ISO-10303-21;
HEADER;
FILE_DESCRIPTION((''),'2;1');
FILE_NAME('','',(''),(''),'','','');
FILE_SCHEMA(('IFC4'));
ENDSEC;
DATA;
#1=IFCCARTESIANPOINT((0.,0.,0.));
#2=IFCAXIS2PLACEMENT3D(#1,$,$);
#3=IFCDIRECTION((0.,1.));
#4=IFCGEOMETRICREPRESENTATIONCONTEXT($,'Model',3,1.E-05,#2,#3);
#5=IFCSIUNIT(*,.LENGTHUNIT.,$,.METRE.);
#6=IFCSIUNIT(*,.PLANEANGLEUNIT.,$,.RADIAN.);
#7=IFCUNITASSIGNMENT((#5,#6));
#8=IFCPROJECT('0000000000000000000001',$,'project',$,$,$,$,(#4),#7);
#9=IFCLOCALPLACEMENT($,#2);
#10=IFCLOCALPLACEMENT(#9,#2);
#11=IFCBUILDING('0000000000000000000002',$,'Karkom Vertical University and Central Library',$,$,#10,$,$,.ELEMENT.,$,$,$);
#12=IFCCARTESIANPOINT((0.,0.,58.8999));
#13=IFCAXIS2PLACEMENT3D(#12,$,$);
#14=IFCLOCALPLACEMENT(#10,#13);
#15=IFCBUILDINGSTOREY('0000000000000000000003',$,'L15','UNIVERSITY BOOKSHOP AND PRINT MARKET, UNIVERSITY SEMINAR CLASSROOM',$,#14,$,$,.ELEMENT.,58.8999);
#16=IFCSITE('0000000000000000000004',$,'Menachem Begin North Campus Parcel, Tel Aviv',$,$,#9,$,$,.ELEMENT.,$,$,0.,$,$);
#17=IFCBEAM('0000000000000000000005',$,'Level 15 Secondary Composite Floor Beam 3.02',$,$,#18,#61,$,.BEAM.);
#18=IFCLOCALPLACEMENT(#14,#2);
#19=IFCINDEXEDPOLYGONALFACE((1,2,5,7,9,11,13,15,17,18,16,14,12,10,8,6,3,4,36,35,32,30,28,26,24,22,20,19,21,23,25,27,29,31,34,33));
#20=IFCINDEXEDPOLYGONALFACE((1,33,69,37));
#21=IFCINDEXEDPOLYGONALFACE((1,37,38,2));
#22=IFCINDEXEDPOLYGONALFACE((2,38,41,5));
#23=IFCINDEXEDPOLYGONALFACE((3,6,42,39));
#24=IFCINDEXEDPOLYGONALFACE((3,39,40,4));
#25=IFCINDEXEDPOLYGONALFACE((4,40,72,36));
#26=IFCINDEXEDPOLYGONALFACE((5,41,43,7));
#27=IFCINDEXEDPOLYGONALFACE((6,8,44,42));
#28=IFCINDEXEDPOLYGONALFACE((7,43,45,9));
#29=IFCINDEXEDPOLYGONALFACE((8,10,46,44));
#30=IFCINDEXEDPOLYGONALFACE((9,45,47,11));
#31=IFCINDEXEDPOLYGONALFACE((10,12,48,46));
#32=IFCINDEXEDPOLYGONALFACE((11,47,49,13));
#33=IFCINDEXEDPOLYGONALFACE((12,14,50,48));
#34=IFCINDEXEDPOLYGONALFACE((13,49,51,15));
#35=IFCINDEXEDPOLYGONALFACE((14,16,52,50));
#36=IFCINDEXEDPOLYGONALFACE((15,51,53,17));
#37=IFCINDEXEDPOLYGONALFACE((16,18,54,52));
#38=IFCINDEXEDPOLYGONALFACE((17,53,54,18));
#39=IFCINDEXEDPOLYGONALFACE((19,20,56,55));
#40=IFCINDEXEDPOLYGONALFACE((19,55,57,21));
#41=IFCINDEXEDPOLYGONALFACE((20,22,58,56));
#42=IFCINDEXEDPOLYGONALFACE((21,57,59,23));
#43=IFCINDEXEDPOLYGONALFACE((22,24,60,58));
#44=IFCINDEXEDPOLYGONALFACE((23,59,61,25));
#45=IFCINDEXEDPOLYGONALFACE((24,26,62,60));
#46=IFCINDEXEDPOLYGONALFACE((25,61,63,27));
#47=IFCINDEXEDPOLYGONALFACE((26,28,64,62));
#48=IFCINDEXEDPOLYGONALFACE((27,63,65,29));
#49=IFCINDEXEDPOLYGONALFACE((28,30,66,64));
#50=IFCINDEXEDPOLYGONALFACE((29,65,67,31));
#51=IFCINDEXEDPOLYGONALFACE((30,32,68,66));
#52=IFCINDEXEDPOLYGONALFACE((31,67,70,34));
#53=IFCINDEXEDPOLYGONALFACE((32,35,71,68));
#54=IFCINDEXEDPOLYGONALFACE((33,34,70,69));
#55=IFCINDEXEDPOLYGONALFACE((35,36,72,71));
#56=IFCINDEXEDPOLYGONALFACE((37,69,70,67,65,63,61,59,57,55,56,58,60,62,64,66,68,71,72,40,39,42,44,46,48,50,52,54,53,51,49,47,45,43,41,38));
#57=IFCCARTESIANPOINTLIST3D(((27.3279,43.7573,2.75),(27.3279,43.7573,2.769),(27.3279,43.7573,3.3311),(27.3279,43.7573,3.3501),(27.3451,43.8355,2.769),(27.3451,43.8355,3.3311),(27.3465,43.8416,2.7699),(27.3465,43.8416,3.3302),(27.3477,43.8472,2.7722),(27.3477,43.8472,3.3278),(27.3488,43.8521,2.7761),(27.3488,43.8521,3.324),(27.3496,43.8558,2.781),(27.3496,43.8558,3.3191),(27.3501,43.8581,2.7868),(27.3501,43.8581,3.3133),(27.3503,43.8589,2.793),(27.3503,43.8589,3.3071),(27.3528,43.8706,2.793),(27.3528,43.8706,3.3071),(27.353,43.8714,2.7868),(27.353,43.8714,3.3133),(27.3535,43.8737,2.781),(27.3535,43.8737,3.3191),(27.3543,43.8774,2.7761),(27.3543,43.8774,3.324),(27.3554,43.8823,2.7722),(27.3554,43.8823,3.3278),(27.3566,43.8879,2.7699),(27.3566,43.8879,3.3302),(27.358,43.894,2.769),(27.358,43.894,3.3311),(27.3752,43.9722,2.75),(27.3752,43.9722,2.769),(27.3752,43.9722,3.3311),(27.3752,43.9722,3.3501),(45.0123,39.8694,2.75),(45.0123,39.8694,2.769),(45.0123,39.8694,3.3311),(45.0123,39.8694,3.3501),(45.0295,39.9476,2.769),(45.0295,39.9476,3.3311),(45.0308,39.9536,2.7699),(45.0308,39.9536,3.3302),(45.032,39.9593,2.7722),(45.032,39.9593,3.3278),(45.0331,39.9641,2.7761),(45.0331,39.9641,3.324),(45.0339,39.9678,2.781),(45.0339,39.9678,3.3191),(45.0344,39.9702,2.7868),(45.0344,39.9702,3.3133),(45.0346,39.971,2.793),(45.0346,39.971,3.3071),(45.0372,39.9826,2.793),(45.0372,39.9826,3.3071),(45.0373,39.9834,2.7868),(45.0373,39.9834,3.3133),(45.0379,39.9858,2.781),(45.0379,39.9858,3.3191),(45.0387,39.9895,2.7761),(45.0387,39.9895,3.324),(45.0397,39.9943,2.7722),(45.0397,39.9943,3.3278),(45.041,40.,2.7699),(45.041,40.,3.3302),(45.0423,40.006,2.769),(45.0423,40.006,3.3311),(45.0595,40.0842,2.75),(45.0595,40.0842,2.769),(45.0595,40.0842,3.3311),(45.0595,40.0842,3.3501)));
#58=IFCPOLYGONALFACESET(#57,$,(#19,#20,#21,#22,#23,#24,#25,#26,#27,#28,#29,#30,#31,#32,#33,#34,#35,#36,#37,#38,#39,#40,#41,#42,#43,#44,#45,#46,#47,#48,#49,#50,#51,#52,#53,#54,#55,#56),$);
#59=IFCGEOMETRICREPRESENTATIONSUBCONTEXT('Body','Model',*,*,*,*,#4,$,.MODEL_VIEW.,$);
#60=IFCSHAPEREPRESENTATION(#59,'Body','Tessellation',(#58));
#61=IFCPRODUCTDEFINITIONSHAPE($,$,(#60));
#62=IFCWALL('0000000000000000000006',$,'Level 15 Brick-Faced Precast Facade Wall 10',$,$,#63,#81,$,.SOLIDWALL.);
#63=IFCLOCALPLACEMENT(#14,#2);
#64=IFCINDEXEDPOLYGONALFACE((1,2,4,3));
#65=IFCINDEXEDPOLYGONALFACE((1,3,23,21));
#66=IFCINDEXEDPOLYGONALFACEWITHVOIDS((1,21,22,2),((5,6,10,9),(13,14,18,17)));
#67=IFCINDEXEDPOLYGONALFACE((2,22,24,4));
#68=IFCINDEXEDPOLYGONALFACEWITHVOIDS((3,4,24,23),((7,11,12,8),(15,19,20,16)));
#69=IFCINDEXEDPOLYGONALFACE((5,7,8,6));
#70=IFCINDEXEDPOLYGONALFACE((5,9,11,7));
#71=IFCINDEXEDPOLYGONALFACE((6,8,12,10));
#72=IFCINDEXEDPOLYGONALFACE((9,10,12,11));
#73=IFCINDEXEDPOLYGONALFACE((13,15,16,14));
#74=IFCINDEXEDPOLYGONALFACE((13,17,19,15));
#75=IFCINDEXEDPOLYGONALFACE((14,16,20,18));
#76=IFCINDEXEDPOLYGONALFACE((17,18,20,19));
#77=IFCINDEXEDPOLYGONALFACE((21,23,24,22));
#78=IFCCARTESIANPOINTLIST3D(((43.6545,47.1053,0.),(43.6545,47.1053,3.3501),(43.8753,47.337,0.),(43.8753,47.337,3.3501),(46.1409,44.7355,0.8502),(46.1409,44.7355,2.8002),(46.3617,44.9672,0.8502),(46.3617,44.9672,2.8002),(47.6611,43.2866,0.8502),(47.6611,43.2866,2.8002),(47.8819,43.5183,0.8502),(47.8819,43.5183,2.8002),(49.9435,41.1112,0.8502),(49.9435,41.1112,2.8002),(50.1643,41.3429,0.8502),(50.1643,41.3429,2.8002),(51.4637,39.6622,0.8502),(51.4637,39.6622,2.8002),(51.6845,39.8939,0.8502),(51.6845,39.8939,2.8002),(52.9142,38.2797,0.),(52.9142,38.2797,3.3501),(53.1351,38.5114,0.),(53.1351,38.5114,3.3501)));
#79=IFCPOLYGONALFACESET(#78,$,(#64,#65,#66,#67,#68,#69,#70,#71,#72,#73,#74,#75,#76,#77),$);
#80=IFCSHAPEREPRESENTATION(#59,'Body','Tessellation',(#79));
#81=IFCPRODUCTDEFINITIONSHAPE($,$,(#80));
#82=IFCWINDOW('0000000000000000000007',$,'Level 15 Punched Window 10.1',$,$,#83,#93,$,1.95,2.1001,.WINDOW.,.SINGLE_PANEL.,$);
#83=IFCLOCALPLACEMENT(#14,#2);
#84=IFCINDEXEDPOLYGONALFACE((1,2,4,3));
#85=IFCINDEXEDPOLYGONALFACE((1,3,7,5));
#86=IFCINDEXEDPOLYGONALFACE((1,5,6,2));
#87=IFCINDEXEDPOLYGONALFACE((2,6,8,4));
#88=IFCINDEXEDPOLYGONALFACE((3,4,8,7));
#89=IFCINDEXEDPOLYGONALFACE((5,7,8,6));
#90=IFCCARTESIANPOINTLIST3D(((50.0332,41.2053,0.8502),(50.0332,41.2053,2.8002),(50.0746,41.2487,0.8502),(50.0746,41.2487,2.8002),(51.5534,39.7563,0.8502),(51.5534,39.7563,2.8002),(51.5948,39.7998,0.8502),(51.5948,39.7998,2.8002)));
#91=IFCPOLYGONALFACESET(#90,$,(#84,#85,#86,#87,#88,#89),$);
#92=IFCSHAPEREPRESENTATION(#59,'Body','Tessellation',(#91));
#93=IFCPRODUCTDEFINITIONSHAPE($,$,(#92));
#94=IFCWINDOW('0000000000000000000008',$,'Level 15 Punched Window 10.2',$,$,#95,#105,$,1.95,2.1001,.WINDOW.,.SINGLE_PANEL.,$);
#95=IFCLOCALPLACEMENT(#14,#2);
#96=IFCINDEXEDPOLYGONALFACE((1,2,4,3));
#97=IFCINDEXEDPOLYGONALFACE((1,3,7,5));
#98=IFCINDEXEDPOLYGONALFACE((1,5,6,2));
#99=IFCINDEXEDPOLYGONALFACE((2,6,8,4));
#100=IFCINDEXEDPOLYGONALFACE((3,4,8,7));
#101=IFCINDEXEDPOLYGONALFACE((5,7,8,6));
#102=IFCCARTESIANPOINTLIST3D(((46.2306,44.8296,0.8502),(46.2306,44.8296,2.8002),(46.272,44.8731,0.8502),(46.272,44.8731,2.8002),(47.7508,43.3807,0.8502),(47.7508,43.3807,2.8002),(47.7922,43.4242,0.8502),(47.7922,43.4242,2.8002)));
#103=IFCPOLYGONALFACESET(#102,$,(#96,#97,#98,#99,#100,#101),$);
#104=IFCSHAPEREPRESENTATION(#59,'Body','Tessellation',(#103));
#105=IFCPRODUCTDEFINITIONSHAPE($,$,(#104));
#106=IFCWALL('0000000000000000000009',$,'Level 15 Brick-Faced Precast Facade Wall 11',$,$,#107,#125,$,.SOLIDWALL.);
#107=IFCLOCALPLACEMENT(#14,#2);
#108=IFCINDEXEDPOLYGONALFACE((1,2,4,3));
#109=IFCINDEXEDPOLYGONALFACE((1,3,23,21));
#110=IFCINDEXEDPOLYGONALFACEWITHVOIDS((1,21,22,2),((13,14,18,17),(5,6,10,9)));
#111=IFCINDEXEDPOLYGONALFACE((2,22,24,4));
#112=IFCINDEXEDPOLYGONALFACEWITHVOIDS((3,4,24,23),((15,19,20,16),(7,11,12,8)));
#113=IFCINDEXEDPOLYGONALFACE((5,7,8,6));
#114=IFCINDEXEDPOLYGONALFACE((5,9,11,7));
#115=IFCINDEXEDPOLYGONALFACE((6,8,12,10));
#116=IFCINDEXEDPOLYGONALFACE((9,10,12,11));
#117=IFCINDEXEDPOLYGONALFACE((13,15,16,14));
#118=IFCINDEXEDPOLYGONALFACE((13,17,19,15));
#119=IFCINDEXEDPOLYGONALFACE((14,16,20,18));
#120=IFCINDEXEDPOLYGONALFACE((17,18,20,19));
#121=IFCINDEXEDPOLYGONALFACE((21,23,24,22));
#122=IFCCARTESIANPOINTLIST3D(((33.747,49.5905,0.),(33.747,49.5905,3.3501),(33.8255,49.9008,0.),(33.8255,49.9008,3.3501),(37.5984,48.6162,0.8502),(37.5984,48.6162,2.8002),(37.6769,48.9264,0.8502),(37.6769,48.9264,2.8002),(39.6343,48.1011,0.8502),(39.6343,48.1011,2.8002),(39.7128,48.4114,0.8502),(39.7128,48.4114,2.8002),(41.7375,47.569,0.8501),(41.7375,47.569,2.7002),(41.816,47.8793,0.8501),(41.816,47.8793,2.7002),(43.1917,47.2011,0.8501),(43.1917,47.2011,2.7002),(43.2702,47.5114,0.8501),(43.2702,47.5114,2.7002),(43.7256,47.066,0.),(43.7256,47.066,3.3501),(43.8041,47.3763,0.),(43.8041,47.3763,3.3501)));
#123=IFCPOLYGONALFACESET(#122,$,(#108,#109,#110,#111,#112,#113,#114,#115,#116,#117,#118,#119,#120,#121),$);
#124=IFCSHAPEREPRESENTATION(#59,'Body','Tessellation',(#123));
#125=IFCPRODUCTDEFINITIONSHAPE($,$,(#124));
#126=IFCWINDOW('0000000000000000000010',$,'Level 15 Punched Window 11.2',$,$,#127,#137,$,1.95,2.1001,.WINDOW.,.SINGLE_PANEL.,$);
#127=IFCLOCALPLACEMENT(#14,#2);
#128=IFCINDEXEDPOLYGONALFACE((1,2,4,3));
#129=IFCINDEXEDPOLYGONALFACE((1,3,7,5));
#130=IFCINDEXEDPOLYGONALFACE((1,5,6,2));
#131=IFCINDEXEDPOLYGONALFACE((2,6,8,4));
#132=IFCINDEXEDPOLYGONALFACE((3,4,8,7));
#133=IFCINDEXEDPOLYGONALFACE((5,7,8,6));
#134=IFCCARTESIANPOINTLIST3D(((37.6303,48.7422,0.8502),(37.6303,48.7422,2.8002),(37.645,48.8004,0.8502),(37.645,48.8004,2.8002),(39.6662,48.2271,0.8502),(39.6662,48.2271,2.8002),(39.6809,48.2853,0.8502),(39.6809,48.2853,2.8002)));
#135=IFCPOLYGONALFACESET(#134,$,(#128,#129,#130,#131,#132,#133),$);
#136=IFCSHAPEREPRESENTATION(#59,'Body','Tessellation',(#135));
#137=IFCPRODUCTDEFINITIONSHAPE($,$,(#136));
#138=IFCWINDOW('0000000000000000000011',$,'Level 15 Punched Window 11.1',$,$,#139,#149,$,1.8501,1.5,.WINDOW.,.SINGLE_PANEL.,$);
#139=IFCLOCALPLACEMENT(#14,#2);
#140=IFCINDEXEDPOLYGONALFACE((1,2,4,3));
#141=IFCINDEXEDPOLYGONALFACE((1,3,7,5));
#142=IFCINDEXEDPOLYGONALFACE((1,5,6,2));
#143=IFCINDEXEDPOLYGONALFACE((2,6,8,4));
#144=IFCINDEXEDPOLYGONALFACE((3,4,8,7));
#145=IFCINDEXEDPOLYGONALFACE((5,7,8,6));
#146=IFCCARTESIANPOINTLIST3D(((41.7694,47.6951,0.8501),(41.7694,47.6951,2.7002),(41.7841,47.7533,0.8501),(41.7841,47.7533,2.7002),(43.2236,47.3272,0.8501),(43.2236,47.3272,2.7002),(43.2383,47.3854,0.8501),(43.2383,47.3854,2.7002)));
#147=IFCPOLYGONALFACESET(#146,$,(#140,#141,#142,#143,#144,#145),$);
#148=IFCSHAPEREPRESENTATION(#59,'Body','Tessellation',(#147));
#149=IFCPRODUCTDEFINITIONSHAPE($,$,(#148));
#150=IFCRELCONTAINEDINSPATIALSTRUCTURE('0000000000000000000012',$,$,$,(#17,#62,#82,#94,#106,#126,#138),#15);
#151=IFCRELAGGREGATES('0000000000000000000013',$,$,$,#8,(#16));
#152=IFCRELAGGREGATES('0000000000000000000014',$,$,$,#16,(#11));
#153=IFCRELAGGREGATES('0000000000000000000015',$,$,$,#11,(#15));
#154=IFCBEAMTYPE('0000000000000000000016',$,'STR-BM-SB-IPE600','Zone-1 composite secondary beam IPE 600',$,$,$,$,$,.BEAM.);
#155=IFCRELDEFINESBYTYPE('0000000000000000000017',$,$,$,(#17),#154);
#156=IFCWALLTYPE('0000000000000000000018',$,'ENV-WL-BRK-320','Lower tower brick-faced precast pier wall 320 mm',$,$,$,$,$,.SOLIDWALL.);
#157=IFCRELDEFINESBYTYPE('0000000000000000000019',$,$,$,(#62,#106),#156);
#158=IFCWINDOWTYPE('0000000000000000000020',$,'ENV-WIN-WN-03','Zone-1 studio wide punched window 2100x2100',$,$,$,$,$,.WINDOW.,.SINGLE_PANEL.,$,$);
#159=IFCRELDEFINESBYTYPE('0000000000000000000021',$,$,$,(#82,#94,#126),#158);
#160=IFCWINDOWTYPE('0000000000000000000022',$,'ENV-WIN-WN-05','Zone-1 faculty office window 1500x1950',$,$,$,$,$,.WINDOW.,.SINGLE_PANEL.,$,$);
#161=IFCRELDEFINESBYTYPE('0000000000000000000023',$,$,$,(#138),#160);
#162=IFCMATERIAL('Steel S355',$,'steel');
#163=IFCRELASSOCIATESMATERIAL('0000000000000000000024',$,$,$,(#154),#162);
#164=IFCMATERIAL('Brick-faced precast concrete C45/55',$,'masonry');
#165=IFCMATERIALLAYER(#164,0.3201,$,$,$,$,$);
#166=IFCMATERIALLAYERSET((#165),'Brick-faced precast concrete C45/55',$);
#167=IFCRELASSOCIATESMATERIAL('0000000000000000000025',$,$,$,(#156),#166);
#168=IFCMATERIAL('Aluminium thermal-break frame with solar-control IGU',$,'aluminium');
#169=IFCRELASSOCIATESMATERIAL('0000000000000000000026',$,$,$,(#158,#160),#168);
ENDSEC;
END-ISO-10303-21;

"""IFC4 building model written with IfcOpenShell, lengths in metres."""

from ifc_helpers import new_model, si_unit, direction, frame, frame_2d, origin, origin_with_axes, origin_2d, place, context, subcontext, project, spatial, rectangle, i_section, extrude, source, transform, mapped, material, layer, layer_set, material_profile, profile_set, type_object, element, fill, save


model = new_model("IFC4")

# Units and contexts
model_context = context("Model", 3, precision=1e-05, world=origin(), true_north=direction((0.0, 1.0)))
body_context = subcontext(model_context, "Body", "Model", "MODEL_VIEW")
ifc_project = project(units=[si_unit("LENGTHUNIT", "METRE"), si_unit("PLANEANGLEUNIT", "RADIAN")], contexts=[model_context])

# Site, building, storey
site_placement = place(None, origin())
site = spatial("IfcSite", under=ifc_project, at=site_placement, Name="Menachem Begin North Campus Parcel, Tel Aviv", CompositionType="ELEMENT", RefElevation=0.0)
building_placement = place(site_placement, origin())
building = spatial("IfcBuilding", under=site, at=building_placement, Name="Karkom Vertical University and Central Library", CompositionType="ELEMENT")
storey_placement = place(building_placement, frame((0.0, 0.0, 58.8999)))
storey = spatial("IfcBuildingStorey", under=building, at=storey_placement, Name="L15", Description="UNIVERSITY BOOKSHOP AND PRINT MARKET, UNIVERSITY SEMINAR CLASSROOM", CompositionType="ELEMENT", Elevation=58.8999)

# Beam
ifc_material_1 = material(Name="Steel S355", Category="steel")
ifc_material_profile_1 = material_profile(ifc_material_1, i_section(OverallWidth=0.22, OverallDepth=0.6001, WebThickness=0.012, FlangeThickness=0.019, FilletRadius=0.0239, at=origin_2d()), Name="IPE 600")
ifc_profile_set_1 = profile_set([ifc_material_profile_1], Name="Steel S355")
beam_type_1 = type_object("IfcBeamType", Name="STR-BM-SB-IPE600", Description="Zone-1 composite secondary beam IPE 600", PredefinedType="BEAM", material=ifc_profile_set_1)
shared_shape_1 = source(origin_with_axes(), body_context, "Body", "SweptSolid", [
    extrude(i_section(OverallWidth=0.22, OverallDepth=0.6001, WebThickness=0.012, FlangeThickness=0.019, FilletRadius=0.0239, at=origin_2d()), origin(), (0.0, 0.0, 1.0), 18.1067),
])
beam_1_placement = place(storey_placement, frame((45.0359, 39.9768, 3.05), z_axis=(-0.976675, 0.214724, 0.0), x_axis=(-0.214724, -0.976675, 0.0)))
element("IfcBeam", 1, at=beam_1_placement, inside=storey, type_object=beam_type_1, Name="Level 15 Secondary Composite Floor Beam 3.02", PredefinedType="BEAM", context=body_context, shape_type="MappedRepresentation", body=[
    mapped(shared_shape_1, transform((0.0, 0.0, 0.0), scale=1.0)),
])

# Walls, openings, windows
ifc_material_2 = material(Name="Brick-faced precast concrete C45/55", Category="masonry")
ifc_layer_1 = layer(ifc_material_2, 0.3201)
ifc_layer_set_1 = layer_set([ifc_layer_1], Name="Brick-faced precast concrete C45/55")
wall_type_1 = type_object("IfcWallType", Name="ENV-WL-BRK-320", Description="Lower tower brick-faced precast pier wall 320 mm", PredefinedType="SOLIDWALL", material=ifc_layer_set_1)
wall_1_placement = place(storey_placement, frame((53.0247, 38.3955, 0.0), z_axis=(0.0, 0.0, 1.0), x_axis=(-0.72387, 0.689936, 0.0)))
wall_1 = element("IfcWall", 2, at=wall_1_placement, inside=storey, type_object=wall_type_1, Name="Level 15 Brick-Faced Precast Facade Wall 10", PredefinedType="SOLIDWALL", context=body_context, shape_type="SweptSolid", body=[
    extrude(rectangle(XDim=12.792, YDim=0.3201, at=frame_2d((6.396, 0.0))), origin(), (0.0, 0.0, 1.0), 3.3501),
])
opening_1_placement = place(wall_1_placement, frame((2.0039, 0.0, 0.8501)))
opening_1 = element("IfcOpeningElement", 3, at=opening_1_placement, cuts=wall_1, PredefinedType="OPENING", context=body_context, shape_type="SweptSolid", body=[
    extrude(rectangle(XDim=2.1001, YDim=1.95, at=frame_2d((1.05, 0.9751))), frame((0.0, 0.1699, 0.0), z_axis=(0.0, -1.0, 0.0), x_axis=(1.0, 0.0, 0.0)), (0.0, 0.0, 1.0), 0.3401),
])
opening_2_placement = place(wall_1_placement, frame((7.2571, 0.0, 0.8501)))
opening_2 = element("IfcOpeningElement", 4, at=opening_2_placement, cuts=wall_1, PredefinedType="OPENING", context=body_context, shape_type="SweptSolid", body=[
    extrude(rectangle(XDim=2.1001, YDim=1.95, at=frame_2d((1.05, 0.9751))), frame((0.0, 0.1699, 0.0), z_axis=(0.0, -1.0, 0.0), x_axis=(1.0, 0.0, 0.0)), (0.0, 0.0, 1.0), 0.3401),
])
ifc_material_3 = material(Name="Aluminium thermal-break frame with solar-control IGU", Category="aluminium")
window_type_1 = type_object("IfcWindowType", Name="ENV-WIN-WN-03", Description="Zone-1 studio wide punched window 2100x2100", PartitioningType="SINGLE_PANEL", PredefinedType="WINDOW", material=ifc_material_3)
shared_shape_2 = source(origin_with_axes(), body_context, "Body", "SweptSolid", [
    extrude(rectangle(XDim=2.1001, YDim=1.95, at=frame_2d((1.05, 0.9751))), frame((0.0, 0.03, 0.0), z_axis=(0.0, -1.0, 0.0), x_axis=(1.0, 0.0, 0.0)), (0.0, 0.0, 1.0), 0.0601),
])
window_1_placement = place(opening_1_placement, origin())
window_1 = element("IfcWindow", 5, at=window_1_placement, inside=storey, type_object=window_type_1, Name="Level 15 Punched Window 10.1", OverallHeight=1.95, OverallWidth=2.1001, PartitioningType="SINGLE_PANEL", PredefinedType="WINDOW", context=body_context, shape_type="MappedRepresentation", body=[
    mapped(shared_shape_2, transform((0.0, 0.0, 0.0), scale=1.0)),
])
fill(opening_1, window_1)
window_2_placement = place(opening_2_placement, origin())
window_2 = element("IfcWindow", 6, at=window_2_placement, inside=storey, type_object=window_type_1, Name="Level 15 Punched Window 10.2", OverallHeight=1.95, OverallWidth=2.1001, PartitioningType="SINGLE_PANEL", PredefinedType="WINDOW", context=body_context, shape_type="MappedRepresentation", body=[
    mapped(shared_shape_2, transform((0.0, 0.0, 0.0), scale=1.0)),
])
fill(opening_2, window_2)
wall_2_placement = place(storey_placement, frame((43.7649, 47.2212, 0.0), z_axis=(0.0, 0.0, 1.0), x_axis=(-0.969458, 0.245258, 0.0)))
wall_2 = element("IfcWall", 7, at=wall_2_placement, inside=storey, type_object=wall_type_1, Name="Level 15 Brick-Faced Precast Facade Wall 11", PredefinedType="SOLIDWALL", context=body_context, shape_type="SweptSolid", body=[
    extrude(rectangle(XDim=10.293, YDim=0.3201, at=frame_2d((5.1465, 0.0))), origin(), (0.0, 0.0, 1.0), 3.3501),
])
opening_3_placement = place(wall_2_placement, frame((0.5508, 0.0, 0.8501)))
opening_3 = element("IfcOpeningElement", 8, at=opening_3_placement, cuts=wall_2, PredefinedType="OPENING", context=body_context, shape_type="SweptSolid", body=[
    extrude(rectangle(XDim=1.5, YDim=1.8501, at=frame_2d((0.75, 0.925))), frame((0.0, 0.1699, 0.0), z_axis=(0.0, -1.0, 0.0), x_axis=(1.0, 0.0, 0.0)), (0.0, 0.0, 1.0), 0.3401),
])
opening_4_placement = place(wall_2_placement, frame((4.2202, 0.0, 0.8501)))
opening_4 = element("IfcOpeningElement", 9, at=opening_4_placement, cuts=wall_2, PredefinedType="OPENING", context=body_context, shape_type="SweptSolid", body=[
    extrude(rectangle(XDim=2.1001, YDim=1.95, at=frame_2d((1.05, 0.9751))), frame((0.0, 0.1699, 0.0), z_axis=(0.0, -1.0, 0.0), x_axis=(1.0, 0.0, 0.0)), (0.0, 0.0, 1.0), 0.3401),
])
window_3_placement = place(opening_4_placement, origin())
window_3 = element("IfcWindow", 10, at=window_3_placement, inside=storey, type_object=window_type_1, Name="Level 15 Punched Window 11.2", OverallHeight=1.95, OverallWidth=2.1001, PartitioningType="SINGLE_PANEL", PredefinedType="WINDOW", context=body_context, shape_type="MappedRepresentation", body=[
    mapped(shared_shape_2, transform((0.0, 0.0, 0.0), scale=1.0)),
])
fill(opening_4, window_3)
window_type_2 = type_object("IfcWindowType", Name="ENV-WIN-WN-05", Description="Zone-1 faculty office window 1500x1950", PartitioningType="SINGLE_PANEL", PredefinedType="WINDOW", material=ifc_material_3)
shared_shape_3 = source(origin_with_axes(), body_context, "Body", "SweptSolid", [
    extrude(rectangle(XDim=1.5, YDim=1.8501, at=frame_2d((0.75, 0.925))), frame((0.0, 0.03, 0.0), z_axis=(0.0, -1.0, 0.0), x_axis=(1.0, 0.0, 0.0)), (0.0, 0.0, 1.0), 0.0601),
])
window_4_placement = place(opening_3_placement, origin())
window_4 = element("IfcWindow", 11, at=window_4_placement, inside=storey, type_object=window_type_2, Name="Level 15 Punched Window 11.1", OverallHeight=1.8501, OverallWidth=1.5, PartitioningType="SINGLE_PANEL", PredefinedType="WINDOW", context=body_context, shape_type="MappedRepresentation", body=[
    mapped(shared_shape_3, transform((0.0, 0.0, 0.0), scale=1.0)),
])
fill(opening_3, window_4)

save(model, "model.ifc")
